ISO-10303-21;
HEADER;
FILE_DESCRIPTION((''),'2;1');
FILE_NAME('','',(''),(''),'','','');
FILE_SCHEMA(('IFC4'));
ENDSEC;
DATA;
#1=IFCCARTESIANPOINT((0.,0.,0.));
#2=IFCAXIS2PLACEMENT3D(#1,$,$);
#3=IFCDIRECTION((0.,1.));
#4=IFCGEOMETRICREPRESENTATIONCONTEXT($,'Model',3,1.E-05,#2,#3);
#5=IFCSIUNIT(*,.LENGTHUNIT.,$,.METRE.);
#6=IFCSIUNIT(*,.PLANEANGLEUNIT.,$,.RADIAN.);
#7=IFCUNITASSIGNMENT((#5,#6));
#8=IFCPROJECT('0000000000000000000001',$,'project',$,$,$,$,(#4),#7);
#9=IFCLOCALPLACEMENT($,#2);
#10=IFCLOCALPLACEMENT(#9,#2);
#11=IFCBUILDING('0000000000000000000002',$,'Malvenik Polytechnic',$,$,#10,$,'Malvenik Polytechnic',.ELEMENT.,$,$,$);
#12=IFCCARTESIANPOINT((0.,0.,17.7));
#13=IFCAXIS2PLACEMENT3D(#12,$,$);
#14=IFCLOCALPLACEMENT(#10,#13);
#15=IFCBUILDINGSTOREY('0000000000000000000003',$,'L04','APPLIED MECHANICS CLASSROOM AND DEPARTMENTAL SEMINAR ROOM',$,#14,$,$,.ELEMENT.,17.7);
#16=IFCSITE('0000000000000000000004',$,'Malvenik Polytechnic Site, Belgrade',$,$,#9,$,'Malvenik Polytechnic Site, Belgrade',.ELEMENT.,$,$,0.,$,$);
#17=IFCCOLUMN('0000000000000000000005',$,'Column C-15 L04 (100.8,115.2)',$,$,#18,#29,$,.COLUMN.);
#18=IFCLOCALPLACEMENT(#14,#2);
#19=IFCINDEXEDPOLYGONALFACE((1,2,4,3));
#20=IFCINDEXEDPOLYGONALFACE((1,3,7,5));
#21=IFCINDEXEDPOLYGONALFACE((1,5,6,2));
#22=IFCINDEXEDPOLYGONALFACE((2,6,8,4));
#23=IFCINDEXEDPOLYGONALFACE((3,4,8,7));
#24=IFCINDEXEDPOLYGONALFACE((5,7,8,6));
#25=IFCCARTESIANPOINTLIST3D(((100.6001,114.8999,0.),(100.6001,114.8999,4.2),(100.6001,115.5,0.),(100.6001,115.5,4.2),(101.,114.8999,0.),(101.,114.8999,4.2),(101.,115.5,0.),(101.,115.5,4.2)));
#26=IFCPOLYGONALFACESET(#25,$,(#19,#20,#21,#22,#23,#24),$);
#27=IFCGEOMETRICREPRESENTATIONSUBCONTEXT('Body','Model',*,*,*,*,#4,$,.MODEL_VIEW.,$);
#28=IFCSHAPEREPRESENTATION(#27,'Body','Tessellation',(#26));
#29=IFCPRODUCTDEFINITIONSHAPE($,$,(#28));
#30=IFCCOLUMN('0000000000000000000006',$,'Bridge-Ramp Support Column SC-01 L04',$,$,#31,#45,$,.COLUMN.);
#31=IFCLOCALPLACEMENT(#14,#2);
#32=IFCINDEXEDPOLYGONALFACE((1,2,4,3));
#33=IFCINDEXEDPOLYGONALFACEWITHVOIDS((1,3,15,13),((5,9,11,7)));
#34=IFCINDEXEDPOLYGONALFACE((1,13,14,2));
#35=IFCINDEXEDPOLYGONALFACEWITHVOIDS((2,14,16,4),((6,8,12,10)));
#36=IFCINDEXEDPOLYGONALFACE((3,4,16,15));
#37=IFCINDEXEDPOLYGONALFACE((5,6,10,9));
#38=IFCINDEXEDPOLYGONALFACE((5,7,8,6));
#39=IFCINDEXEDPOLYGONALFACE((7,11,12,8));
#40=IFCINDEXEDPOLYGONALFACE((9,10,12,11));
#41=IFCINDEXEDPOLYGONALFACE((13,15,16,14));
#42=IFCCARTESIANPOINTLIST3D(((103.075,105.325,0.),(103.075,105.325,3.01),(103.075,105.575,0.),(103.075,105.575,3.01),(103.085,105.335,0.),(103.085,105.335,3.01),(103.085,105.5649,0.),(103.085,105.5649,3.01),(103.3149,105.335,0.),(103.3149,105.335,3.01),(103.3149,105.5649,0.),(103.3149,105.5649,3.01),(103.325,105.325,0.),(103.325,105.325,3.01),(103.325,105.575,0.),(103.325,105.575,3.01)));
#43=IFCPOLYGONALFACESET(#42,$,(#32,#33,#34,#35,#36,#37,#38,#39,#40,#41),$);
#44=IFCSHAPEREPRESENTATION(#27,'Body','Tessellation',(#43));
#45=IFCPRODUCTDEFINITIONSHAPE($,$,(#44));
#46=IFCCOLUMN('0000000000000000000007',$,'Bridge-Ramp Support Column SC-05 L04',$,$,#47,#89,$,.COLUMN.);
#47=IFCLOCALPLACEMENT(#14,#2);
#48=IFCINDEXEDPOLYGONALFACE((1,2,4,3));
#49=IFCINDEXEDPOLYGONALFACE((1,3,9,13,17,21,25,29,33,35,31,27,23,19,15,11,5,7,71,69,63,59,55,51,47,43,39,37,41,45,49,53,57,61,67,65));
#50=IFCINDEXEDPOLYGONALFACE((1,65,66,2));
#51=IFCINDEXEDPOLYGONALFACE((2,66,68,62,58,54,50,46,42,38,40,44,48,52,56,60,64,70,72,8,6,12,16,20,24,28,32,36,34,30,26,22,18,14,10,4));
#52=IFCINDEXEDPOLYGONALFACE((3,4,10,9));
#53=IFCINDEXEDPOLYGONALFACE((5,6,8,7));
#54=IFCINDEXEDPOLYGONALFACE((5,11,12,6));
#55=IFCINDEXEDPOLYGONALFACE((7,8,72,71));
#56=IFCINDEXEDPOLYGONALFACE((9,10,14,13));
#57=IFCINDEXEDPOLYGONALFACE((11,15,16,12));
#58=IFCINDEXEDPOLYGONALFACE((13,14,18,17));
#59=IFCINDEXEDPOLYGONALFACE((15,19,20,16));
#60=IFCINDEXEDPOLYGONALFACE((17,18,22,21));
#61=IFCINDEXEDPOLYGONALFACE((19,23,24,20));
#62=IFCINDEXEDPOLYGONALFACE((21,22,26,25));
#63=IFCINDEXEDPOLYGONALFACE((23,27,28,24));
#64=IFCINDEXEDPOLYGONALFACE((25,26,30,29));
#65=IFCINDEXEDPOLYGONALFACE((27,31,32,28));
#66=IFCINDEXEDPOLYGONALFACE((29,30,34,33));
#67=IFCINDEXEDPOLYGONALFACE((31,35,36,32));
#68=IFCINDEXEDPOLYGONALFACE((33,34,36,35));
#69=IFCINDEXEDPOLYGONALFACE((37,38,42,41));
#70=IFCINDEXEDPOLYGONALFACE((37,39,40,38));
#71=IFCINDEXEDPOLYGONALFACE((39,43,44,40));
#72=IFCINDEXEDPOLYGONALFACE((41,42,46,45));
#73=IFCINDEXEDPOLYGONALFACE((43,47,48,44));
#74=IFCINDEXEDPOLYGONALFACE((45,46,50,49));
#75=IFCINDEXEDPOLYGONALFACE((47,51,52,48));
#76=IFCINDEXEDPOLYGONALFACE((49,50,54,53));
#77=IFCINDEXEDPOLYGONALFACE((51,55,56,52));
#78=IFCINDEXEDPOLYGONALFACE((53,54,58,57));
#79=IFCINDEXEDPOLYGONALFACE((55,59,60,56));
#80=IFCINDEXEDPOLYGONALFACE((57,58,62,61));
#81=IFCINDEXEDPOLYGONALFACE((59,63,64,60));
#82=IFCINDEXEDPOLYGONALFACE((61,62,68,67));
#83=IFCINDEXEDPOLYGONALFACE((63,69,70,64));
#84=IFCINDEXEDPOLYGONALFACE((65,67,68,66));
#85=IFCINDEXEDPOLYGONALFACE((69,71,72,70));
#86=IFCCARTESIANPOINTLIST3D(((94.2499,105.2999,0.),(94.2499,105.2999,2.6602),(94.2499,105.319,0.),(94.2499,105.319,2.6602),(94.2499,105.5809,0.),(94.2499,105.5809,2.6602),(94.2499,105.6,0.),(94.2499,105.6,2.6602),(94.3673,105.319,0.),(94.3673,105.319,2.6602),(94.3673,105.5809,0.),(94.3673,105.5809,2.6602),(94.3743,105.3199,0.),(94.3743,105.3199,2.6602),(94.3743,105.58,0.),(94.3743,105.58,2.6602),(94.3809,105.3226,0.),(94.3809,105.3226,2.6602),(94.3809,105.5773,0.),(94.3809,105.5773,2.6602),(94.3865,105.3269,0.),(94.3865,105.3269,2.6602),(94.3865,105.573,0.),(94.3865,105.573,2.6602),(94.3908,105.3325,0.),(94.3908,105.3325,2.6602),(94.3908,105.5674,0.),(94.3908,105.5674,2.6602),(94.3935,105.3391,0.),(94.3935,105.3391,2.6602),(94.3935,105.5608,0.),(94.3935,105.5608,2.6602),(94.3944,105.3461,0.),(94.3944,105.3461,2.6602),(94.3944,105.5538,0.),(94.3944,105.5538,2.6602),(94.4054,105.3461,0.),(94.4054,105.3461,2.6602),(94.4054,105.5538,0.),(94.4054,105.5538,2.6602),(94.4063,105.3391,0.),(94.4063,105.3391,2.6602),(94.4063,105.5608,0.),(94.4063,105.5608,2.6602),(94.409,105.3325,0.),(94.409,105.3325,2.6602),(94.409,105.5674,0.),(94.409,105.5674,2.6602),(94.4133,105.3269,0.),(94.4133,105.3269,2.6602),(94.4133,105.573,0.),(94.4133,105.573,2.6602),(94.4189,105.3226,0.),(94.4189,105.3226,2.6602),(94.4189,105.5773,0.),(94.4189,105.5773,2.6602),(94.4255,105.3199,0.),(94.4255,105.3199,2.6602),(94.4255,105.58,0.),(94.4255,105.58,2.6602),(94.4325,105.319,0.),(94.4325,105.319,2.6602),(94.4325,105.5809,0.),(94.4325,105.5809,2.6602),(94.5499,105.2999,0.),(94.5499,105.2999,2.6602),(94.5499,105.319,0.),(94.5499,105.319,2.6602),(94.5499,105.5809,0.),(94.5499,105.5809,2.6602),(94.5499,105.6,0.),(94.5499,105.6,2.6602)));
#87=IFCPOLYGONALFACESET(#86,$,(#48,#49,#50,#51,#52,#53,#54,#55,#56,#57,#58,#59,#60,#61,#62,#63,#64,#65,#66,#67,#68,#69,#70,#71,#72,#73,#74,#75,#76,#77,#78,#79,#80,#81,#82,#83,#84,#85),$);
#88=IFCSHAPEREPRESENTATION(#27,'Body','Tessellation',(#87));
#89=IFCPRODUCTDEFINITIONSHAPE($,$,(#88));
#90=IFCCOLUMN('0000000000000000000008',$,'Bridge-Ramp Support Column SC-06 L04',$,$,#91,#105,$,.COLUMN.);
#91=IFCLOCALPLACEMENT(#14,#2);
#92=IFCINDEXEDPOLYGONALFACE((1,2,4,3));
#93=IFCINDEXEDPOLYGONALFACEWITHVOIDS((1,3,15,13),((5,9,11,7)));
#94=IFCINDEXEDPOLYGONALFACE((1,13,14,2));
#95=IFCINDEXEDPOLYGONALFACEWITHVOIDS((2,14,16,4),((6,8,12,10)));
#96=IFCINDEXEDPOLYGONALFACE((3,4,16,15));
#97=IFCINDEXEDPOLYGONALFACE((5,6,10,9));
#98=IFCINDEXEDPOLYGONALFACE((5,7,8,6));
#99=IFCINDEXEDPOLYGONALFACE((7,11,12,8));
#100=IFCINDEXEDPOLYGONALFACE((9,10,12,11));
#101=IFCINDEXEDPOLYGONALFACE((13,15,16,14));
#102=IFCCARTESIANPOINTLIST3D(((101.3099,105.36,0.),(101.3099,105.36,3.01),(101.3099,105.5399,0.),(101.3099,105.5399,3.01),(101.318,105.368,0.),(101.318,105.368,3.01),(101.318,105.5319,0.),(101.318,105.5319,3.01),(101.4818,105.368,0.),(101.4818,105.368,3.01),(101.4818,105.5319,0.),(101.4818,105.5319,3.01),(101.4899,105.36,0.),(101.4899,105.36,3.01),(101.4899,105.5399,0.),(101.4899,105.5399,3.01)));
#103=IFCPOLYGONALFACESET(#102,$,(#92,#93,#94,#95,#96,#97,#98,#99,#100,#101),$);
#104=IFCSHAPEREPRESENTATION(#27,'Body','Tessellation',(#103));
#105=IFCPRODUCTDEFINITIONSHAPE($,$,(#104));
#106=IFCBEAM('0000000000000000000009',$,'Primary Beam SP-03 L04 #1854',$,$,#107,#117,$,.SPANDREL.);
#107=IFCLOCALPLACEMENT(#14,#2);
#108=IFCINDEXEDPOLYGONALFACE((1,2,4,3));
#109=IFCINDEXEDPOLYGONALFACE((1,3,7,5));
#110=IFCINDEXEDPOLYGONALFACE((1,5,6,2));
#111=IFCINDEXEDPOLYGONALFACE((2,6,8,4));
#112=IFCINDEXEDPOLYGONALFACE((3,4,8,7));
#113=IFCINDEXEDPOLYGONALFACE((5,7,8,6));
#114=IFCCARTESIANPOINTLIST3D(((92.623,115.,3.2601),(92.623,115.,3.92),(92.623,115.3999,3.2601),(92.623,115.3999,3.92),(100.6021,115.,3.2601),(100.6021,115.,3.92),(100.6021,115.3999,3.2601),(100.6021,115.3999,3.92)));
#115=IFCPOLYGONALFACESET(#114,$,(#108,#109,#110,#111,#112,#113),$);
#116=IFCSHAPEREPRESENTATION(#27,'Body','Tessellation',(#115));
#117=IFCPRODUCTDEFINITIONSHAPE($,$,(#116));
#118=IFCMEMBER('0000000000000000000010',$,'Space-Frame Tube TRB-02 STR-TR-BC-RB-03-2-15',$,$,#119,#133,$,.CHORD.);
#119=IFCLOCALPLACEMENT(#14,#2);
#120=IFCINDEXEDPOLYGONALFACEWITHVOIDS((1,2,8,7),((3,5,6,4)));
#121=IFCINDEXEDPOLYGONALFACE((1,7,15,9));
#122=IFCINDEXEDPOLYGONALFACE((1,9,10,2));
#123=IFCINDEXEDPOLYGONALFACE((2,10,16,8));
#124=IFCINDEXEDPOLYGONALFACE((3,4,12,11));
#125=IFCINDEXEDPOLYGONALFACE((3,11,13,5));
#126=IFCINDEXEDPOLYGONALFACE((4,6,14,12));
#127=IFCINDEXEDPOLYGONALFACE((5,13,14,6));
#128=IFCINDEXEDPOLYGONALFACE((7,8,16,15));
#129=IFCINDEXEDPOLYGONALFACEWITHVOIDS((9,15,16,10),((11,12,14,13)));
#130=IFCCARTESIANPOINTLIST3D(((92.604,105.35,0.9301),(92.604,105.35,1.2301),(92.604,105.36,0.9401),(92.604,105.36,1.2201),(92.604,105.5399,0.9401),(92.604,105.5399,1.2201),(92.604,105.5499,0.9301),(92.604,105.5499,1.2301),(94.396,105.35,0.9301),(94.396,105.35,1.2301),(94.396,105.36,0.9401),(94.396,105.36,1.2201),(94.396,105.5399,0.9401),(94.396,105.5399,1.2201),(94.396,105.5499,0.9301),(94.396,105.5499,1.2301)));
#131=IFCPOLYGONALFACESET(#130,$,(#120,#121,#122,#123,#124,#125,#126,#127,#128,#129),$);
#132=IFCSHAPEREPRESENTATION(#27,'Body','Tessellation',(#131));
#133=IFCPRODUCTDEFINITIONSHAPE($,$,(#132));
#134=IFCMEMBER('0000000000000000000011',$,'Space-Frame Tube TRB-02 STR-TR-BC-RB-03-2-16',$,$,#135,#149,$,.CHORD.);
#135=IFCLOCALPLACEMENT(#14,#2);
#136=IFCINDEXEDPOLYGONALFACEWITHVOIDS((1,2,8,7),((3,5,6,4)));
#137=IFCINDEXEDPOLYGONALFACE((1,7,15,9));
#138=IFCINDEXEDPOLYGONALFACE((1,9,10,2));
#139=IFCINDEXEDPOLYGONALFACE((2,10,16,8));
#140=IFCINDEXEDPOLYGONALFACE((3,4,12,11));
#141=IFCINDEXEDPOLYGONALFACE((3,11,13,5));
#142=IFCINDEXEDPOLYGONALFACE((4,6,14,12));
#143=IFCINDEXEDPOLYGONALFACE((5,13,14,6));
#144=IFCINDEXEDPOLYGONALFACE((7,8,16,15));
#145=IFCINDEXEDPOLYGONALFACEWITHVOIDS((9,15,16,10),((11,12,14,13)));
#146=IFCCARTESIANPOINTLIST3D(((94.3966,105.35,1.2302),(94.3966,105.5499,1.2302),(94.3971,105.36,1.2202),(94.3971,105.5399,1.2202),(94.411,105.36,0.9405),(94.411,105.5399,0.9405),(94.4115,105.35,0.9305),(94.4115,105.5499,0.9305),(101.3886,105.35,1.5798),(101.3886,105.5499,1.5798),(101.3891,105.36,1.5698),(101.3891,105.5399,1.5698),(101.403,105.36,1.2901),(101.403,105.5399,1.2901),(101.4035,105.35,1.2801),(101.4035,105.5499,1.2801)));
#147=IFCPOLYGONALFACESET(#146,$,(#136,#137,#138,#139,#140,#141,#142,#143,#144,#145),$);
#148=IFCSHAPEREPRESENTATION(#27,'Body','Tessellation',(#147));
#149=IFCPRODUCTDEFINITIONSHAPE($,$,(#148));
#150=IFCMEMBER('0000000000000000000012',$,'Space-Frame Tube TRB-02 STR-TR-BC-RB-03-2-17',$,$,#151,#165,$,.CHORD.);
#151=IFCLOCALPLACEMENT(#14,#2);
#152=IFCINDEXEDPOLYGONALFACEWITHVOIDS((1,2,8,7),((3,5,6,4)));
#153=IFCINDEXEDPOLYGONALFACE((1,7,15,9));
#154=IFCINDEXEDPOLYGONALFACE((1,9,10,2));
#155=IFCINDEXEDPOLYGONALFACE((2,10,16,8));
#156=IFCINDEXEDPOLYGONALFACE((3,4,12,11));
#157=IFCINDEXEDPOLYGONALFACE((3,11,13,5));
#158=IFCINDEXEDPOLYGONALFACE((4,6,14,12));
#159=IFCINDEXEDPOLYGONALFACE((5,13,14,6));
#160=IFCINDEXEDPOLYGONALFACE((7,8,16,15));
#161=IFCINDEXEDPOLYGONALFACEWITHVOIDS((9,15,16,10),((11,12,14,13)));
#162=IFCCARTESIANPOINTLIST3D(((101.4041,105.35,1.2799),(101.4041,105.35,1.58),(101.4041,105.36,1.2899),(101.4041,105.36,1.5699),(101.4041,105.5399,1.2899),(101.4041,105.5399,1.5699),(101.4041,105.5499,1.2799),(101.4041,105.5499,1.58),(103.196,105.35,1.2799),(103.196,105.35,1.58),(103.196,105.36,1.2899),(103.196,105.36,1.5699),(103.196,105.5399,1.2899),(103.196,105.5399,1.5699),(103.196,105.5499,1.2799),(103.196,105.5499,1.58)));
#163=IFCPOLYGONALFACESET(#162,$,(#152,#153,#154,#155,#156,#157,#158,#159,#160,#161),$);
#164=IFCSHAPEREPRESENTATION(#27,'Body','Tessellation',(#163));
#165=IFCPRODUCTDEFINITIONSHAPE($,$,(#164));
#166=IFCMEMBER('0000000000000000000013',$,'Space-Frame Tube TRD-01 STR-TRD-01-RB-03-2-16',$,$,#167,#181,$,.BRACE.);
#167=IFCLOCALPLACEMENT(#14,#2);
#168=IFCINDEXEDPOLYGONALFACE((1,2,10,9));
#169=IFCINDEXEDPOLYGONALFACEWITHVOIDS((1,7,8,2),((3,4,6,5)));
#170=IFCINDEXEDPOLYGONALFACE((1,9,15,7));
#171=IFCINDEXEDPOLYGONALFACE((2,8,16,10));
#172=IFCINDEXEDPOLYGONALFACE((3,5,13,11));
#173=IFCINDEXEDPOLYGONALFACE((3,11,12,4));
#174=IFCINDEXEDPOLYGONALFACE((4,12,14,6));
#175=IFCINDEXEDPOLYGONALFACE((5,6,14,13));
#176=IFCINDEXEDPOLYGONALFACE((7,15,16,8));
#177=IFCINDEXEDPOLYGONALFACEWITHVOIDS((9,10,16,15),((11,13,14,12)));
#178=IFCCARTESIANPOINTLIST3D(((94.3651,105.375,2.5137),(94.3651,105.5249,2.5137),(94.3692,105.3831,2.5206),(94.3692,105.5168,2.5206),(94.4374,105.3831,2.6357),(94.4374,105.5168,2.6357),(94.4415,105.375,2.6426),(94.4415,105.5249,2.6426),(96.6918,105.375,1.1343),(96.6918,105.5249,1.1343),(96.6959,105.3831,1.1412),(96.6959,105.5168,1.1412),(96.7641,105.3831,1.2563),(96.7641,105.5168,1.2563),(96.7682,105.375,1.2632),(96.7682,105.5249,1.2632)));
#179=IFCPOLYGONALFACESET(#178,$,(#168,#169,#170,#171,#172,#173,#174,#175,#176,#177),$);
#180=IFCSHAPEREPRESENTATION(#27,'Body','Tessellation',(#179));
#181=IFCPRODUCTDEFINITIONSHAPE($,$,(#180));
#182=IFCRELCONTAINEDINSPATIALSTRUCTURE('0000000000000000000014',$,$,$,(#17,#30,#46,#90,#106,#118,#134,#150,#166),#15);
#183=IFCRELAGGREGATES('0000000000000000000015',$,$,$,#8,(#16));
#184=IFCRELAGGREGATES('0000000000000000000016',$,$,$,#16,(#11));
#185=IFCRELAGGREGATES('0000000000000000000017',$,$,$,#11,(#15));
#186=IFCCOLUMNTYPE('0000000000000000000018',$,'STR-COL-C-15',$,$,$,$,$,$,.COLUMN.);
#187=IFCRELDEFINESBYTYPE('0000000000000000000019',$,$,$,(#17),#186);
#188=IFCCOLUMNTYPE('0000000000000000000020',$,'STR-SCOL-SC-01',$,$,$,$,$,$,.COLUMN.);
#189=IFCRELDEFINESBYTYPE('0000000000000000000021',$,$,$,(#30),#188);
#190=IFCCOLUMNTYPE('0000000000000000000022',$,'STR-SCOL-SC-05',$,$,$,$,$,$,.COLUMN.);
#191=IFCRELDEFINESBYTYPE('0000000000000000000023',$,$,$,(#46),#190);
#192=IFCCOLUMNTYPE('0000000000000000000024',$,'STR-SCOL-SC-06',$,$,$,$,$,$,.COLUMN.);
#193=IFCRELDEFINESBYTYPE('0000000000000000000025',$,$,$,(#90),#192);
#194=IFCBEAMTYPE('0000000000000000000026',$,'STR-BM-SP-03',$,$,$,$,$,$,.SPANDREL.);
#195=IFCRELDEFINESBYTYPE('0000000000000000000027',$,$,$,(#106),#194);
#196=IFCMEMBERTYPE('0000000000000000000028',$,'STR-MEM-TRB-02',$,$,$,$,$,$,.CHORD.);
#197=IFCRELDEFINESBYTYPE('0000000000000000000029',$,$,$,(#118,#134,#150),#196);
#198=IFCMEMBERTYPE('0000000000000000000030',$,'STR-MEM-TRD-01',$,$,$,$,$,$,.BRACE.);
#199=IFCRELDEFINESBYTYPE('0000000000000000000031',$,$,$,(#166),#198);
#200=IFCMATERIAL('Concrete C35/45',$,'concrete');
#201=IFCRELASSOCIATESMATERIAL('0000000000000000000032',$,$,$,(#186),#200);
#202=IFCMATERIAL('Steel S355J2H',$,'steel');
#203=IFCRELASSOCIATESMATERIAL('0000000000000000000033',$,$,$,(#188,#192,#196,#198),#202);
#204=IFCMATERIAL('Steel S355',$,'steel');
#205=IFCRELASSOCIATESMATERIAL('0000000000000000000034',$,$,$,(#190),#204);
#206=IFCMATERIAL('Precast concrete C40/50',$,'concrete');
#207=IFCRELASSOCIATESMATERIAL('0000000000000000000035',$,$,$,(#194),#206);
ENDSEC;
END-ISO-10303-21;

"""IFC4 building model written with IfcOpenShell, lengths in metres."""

from ifc_helpers import new_model, si_unit, direction, frame, origin, origin_2d, place, context, subcontext, project, spatial, rectangle, hollow_rectangle, i_section, extrude, material, material_profile, profile_set, type_object, element, save


model = new_model("IFC4")

# Units and contexts
model_context = context("Model", 3, precision=1e-05, world=origin(), true_north=direction((0.0, 1.0)))
body_context = subcontext(model_context, "Body", "Model", "MODEL_VIEW")
ifc_project = project(units=[si_unit("LENGTHUNIT", "METRE"), si_unit("PLANEANGLEUNIT", "RADIAN")], contexts=[model_context])

# Site, building, storey
site_placement = place(None, origin())
site = spatial("IfcSite", under=ifc_project, at=site_placement, Name="Malvenik Polytechnic Site, Belgrade", LongName="Malvenik Polytechnic Site, Belgrade", CompositionType="ELEMENT", RefElevation=0.0)
building_placement = place(site_placement, origin())
building = spatial("IfcBuilding", under=site, at=building_placement, Name="Malvenik Polytechnic", LongName="Malvenik Polytechnic", CompositionType="ELEMENT")
storey_placement = place(building_placement, frame((0.0, 0.0, 17.7)))
storey = spatial("IfcBuildingStorey", under=building, at=storey_placement, Name="L04", Description="APPLIED MECHANICS CLASSROOM AND DEPARTMENTAL SEMINAR ROOM", CompositionType="ELEMENT", Elevation=17.7)

# Columns
ifc_material_1 = material(Name="Concrete C35/45", Category="concrete")
ifc_material_profile_1 = material_profile(ifc_material_1, rectangle(XDim=0.3999, YDim=0.6001, at=origin_2d()), Name="RC COL 600x400")
ifc_profile_set_1 = profile_set([ifc_material_profile_1], Name="Concrete C35/45")
column_type_1 = type_object("IfcColumnType", Name="STR-COL-C-15", PredefinedType="COLUMN", material=ifc_profile_set_1)
column_1_placement = place(storey_placement, frame((100.8, 115.2, 0.0), z_axis=(0.0, 0.0, 1.0), x_axis=(1.0, 0.0, 0.0)))
element("IfcColumn", 1, at=column_1_placement, inside=storey, type_object=column_type_1, Name="Column C-15 L04 (100.8,115.2)", PredefinedType="COLUMN", context=body_context, shape_type="SweptSolid", body=[
    extrude(rectangle(XDim=0.3999, YDim=0.6001, at=origin_2d()), origin(), (0.0, 0.0, 1.0), 4.2),
])
ifc_material_2 = material(Name="Steel S355J2H", Category="steel")
ifc_material_profile_2 = material_profile(ifc_material_2, hollow_rectangle(XDim=0.25, YDim=0.25, WallThickness=0.01, at=origin_2d()), Name="SHS 250x250x10.0")
ifc_profile_set_2 = profile_set([ifc_material_profile_2], Name="Steel S355J2H")
column_type_2 = type_object("IfcColumnType", Name="STR-SCOL-SC-01", PredefinedType="COLUMN", material=ifc_profile_set_2)
column_2_placement = place(storey_placement, frame((103.2, 105.45, 0.0), z_axis=(0.0, 0.0, 1.0), x_axis=(1.0, 0.0, 0.0)))
element("IfcColumn", 2, at=column_2_placement, inside=storey, type_object=column_type_2, Name="Bridge-Ramp Support Column SC-01 L04", PredefinedType="COLUMN", context=body_context, shape_type="SweptSolid", body=[
    extrude(hollow_rectangle(XDim=0.25, YDim=0.25, WallThickness=0.01, at=origin_2d()), origin(), (0.0, 0.0, 1.0), 3.01),
])
ifc_material_3 = material(Name="Steel S355", Category="steel")
ifc_material_profile_3 = material_profile(ifc_material_3, i_section(OverallWidth=0.3, OverallDepth=0.3, WebThickness=0.011, FlangeThickness=0.019, FilletRadius=0.0271, at=origin_2d()), Name="HEB 300")
ifc_profile_set_3 = profile_set([ifc_material_profile_3], Name="Steel S355")
column_type_3 = type_object("IfcColumnType", Name="STR-SCOL-SC-05", PredefinedType="COLUMN", material=ifc_profile_set_3)
column_3_placement = place(storey_placement, frame((94.3999, 105.45, 0.0), z_axis=(0.0, 0.0, 1.0), x_axis=(1.0, 0.0, 0.0)))
element("IfcColumn", 3, at=column_3_placement, inside=storey, type_object=column_type_3, Name="Bridge-Ramp Support Column SC-05 L04", PredefinedType="COLUMN", context=body_context, shape_type="SweptSolid", body=[
    extrude(i_section(OverallWidth=0.3, OverallDepth=0.3, WebThickness=0.011, FlangeThickness=0.019, FilletRadius=0.0271, at=origin_2d()), origin(), (0.0, 0.0, 1.0), 2.6602),
])
ifc_material_profile_4 = material_profile(ifc_material_2, hollow_rectangle(XDim=0.1799, YDim=0.1799, WallThickness=0.0081, at=origin_2d()), Name="SHS 180x180x8.0")
ifc_profile_set_4 = profile_set([ifc_material_profile_4], Name="Steel S355J2H")
column_type_4 = type_object("IfcColumnType", Name="STR-SCOL-SC-06", PredefinedType="COLUMN", material=ifc_profile_set_4)
column_4_placement = place(storey_placement, frame((101.3999, 105.45, 0.0), z_axis=(0.0, 0.0, 1.0), x_axis=(1.0, 0.0, 0.0)))
element("IfcColumn", 4, at=column_4_placement, inside=storey, type_object=column_type_4, Name="Bridge-Ramp Support Column SC-06 L04", PredefinedType="COLUMN", context=body_context, shape_type="SweptSolid", body=[
    extrude(hollow_rectangle(XDim=0.1799, YDim=0.1799, WallThickness=0.0081, at=origin_2d()), origin(), (0.0, 0.0, 1.0), 3.01),
])

# Beam
ifc_material_4 = material(Name="Precast concrete C40/50", Category="concrete")
ifc_material_profile_5 = material_profile(ifc_material_4, rectangle(XDim=0.3999, YDim=0.6599, at=origin_2d()), Name="PC SPN 400x660")
ifc_profile_set_5 = profile_set([ifc_material_profile_5], Name="Precast concrete C40/50")
beam_type = type_object("IfcBeamType", Name="STR-BM-SP-03", PredefinedType="SPANDREL", material=ifc_profile_set_5)
beam_placement = place(storey_placement, frame((92.623, 115.2, 3.5901), z_axis=(1.0, 0.0, 0.0), x_axis=(0.0, 1.0, 0.0)))
element("IfcBeam", 5, at=beam_placement, inside=storey, type_object=beam_type, Name="Primary Beam SP-03 L04 #1854", PredefinedType="SPANDREL", context=body_context, shape_type="SweptSolid", body=[
    extrude(rectangle(XDim=0.3999, YDim=0.6599, at=origin_2d()), origin(), (0.0, 0.0, 1.0), 7.979),
])

# Members
ifc_material_profile_6 = material_profile(ifc_material_2, hollow_rectangle(XDim=0.2, YDim=0.3, WallThickness=0.01, at=origin_2d()), Name="RHS 300x200x10.0")
ifc_profile_set_6 = profile_set([ifc_material_profile_6], Name="Steel S355J2H")
member_type_1 = type_object("IfcMemberType", Name="STR-MEM-TRB-02", PredefinedType="CHORD", material=ifc_profile_set_6)
member_1_placement = place(storey_placement, frame((92.604, 105.45, 1.0801), z_axis=(1.0, 0.0, 0.0), x_axis=(0.0, 1.0, 0.0)))
element("IfcMember", 6, at=member_1_placement, inside=storey, type_object=member_type_1, Name="Space-Frame Tube TRB-02 STR-TR-BC-RB-03-2-15", PredefinedType="CHORD", context=body_context, shape_type="SweptSolid", body=[
    extrude(hollow_rectangle(XDim=0.2, YDim=0.3, WallThickness=0.01, at=origin_2d()), origin(), (0.0, 0.0, 1.0), 1.792),
])
member_2_placement = place(storey_placement, frame((94.4041, 105.45, 1.0803), z_axis=(0.998752, 0.0, 0.049939), x_axis=(0.0, 1.0, 0.0)))
element("IfcMember", 7, at=member_2_placement, inside=storey, type_object=member_type_1, Name="Space-Frame Tube TRB-02 STR-TR-BC-RB-03-2-16", PredefinedType="CHORD", context=body_context, shape_type="SweptSolid", body=[
    extrude(hollow_rectangle(XDim=0.2, YDim=0.3, WallThickness=0.01, at=origin_2d()), origin(), (0.0, 0.0, 1.0), 7.0007),
])
member_3_placement = place(storey_placement, frame((101.4041, 105.45, 1.4299), z_axis=(1.0, 0.0, 0.0), x_axis=(0.0, 1.0, 0.0)))
element("IfcMember", 8, at=member_3_placement, inside=storey, type_object=member_type_1, Name="Space-Frame Tube TRB-02 STR-TR-BC-RB-03-2-17", PredefinedType="CHORD", context=body_context, shape_type="SweptSolid", body=[
    extrude(hollow_rectangle(XDim=0.2, YDim=0.3, WallThickness=0.01, at=origin_2d()), origin(), (0.0, 0.0, 1.0), 1.792),
])
ifc_material_profile_7 = material_profile(ifc_material_2, hollow_rectangle(XDim=0.1499, YDim=0.1499, WallThickness=0.0081, at=origin_2d()), Name="SHS 150x150x8.0")
ifc_profile_set_7 = profile_set([ifc_material_profile_7], Name="Steel S355J2H")
member_type_2 = type_object("IfcMemberType", Name="STR-MEM-TRD-01", PredefinedType="BRACE", material=ifc_profile_set_7)
member_4_placement = place(storey_placement, frame((94.4033, 105.45, 2.5781), z_axis=(0.860189, 0.0, -0.509976), x_axis=(0.0, 1.0, 0.0)))
element("IfcMember", 9, at=member_4_placement, inside=storey, type_object=member_type_2, Name="Space-Frame Tube TRD-01 STR-TRD-01-RB-03-2-16", PredefinedType="BRACE", context=body_context, shape_type="SweptSolid", body=[
    extrude(hollow_rectangle(XDim=0.1499, YDim=0.1499, WallThickness=0.0081, at=origin_2d()), origin(), (0.0, 0.0, 1.0), 2.7048),
])

save(model, "model.ifc")
